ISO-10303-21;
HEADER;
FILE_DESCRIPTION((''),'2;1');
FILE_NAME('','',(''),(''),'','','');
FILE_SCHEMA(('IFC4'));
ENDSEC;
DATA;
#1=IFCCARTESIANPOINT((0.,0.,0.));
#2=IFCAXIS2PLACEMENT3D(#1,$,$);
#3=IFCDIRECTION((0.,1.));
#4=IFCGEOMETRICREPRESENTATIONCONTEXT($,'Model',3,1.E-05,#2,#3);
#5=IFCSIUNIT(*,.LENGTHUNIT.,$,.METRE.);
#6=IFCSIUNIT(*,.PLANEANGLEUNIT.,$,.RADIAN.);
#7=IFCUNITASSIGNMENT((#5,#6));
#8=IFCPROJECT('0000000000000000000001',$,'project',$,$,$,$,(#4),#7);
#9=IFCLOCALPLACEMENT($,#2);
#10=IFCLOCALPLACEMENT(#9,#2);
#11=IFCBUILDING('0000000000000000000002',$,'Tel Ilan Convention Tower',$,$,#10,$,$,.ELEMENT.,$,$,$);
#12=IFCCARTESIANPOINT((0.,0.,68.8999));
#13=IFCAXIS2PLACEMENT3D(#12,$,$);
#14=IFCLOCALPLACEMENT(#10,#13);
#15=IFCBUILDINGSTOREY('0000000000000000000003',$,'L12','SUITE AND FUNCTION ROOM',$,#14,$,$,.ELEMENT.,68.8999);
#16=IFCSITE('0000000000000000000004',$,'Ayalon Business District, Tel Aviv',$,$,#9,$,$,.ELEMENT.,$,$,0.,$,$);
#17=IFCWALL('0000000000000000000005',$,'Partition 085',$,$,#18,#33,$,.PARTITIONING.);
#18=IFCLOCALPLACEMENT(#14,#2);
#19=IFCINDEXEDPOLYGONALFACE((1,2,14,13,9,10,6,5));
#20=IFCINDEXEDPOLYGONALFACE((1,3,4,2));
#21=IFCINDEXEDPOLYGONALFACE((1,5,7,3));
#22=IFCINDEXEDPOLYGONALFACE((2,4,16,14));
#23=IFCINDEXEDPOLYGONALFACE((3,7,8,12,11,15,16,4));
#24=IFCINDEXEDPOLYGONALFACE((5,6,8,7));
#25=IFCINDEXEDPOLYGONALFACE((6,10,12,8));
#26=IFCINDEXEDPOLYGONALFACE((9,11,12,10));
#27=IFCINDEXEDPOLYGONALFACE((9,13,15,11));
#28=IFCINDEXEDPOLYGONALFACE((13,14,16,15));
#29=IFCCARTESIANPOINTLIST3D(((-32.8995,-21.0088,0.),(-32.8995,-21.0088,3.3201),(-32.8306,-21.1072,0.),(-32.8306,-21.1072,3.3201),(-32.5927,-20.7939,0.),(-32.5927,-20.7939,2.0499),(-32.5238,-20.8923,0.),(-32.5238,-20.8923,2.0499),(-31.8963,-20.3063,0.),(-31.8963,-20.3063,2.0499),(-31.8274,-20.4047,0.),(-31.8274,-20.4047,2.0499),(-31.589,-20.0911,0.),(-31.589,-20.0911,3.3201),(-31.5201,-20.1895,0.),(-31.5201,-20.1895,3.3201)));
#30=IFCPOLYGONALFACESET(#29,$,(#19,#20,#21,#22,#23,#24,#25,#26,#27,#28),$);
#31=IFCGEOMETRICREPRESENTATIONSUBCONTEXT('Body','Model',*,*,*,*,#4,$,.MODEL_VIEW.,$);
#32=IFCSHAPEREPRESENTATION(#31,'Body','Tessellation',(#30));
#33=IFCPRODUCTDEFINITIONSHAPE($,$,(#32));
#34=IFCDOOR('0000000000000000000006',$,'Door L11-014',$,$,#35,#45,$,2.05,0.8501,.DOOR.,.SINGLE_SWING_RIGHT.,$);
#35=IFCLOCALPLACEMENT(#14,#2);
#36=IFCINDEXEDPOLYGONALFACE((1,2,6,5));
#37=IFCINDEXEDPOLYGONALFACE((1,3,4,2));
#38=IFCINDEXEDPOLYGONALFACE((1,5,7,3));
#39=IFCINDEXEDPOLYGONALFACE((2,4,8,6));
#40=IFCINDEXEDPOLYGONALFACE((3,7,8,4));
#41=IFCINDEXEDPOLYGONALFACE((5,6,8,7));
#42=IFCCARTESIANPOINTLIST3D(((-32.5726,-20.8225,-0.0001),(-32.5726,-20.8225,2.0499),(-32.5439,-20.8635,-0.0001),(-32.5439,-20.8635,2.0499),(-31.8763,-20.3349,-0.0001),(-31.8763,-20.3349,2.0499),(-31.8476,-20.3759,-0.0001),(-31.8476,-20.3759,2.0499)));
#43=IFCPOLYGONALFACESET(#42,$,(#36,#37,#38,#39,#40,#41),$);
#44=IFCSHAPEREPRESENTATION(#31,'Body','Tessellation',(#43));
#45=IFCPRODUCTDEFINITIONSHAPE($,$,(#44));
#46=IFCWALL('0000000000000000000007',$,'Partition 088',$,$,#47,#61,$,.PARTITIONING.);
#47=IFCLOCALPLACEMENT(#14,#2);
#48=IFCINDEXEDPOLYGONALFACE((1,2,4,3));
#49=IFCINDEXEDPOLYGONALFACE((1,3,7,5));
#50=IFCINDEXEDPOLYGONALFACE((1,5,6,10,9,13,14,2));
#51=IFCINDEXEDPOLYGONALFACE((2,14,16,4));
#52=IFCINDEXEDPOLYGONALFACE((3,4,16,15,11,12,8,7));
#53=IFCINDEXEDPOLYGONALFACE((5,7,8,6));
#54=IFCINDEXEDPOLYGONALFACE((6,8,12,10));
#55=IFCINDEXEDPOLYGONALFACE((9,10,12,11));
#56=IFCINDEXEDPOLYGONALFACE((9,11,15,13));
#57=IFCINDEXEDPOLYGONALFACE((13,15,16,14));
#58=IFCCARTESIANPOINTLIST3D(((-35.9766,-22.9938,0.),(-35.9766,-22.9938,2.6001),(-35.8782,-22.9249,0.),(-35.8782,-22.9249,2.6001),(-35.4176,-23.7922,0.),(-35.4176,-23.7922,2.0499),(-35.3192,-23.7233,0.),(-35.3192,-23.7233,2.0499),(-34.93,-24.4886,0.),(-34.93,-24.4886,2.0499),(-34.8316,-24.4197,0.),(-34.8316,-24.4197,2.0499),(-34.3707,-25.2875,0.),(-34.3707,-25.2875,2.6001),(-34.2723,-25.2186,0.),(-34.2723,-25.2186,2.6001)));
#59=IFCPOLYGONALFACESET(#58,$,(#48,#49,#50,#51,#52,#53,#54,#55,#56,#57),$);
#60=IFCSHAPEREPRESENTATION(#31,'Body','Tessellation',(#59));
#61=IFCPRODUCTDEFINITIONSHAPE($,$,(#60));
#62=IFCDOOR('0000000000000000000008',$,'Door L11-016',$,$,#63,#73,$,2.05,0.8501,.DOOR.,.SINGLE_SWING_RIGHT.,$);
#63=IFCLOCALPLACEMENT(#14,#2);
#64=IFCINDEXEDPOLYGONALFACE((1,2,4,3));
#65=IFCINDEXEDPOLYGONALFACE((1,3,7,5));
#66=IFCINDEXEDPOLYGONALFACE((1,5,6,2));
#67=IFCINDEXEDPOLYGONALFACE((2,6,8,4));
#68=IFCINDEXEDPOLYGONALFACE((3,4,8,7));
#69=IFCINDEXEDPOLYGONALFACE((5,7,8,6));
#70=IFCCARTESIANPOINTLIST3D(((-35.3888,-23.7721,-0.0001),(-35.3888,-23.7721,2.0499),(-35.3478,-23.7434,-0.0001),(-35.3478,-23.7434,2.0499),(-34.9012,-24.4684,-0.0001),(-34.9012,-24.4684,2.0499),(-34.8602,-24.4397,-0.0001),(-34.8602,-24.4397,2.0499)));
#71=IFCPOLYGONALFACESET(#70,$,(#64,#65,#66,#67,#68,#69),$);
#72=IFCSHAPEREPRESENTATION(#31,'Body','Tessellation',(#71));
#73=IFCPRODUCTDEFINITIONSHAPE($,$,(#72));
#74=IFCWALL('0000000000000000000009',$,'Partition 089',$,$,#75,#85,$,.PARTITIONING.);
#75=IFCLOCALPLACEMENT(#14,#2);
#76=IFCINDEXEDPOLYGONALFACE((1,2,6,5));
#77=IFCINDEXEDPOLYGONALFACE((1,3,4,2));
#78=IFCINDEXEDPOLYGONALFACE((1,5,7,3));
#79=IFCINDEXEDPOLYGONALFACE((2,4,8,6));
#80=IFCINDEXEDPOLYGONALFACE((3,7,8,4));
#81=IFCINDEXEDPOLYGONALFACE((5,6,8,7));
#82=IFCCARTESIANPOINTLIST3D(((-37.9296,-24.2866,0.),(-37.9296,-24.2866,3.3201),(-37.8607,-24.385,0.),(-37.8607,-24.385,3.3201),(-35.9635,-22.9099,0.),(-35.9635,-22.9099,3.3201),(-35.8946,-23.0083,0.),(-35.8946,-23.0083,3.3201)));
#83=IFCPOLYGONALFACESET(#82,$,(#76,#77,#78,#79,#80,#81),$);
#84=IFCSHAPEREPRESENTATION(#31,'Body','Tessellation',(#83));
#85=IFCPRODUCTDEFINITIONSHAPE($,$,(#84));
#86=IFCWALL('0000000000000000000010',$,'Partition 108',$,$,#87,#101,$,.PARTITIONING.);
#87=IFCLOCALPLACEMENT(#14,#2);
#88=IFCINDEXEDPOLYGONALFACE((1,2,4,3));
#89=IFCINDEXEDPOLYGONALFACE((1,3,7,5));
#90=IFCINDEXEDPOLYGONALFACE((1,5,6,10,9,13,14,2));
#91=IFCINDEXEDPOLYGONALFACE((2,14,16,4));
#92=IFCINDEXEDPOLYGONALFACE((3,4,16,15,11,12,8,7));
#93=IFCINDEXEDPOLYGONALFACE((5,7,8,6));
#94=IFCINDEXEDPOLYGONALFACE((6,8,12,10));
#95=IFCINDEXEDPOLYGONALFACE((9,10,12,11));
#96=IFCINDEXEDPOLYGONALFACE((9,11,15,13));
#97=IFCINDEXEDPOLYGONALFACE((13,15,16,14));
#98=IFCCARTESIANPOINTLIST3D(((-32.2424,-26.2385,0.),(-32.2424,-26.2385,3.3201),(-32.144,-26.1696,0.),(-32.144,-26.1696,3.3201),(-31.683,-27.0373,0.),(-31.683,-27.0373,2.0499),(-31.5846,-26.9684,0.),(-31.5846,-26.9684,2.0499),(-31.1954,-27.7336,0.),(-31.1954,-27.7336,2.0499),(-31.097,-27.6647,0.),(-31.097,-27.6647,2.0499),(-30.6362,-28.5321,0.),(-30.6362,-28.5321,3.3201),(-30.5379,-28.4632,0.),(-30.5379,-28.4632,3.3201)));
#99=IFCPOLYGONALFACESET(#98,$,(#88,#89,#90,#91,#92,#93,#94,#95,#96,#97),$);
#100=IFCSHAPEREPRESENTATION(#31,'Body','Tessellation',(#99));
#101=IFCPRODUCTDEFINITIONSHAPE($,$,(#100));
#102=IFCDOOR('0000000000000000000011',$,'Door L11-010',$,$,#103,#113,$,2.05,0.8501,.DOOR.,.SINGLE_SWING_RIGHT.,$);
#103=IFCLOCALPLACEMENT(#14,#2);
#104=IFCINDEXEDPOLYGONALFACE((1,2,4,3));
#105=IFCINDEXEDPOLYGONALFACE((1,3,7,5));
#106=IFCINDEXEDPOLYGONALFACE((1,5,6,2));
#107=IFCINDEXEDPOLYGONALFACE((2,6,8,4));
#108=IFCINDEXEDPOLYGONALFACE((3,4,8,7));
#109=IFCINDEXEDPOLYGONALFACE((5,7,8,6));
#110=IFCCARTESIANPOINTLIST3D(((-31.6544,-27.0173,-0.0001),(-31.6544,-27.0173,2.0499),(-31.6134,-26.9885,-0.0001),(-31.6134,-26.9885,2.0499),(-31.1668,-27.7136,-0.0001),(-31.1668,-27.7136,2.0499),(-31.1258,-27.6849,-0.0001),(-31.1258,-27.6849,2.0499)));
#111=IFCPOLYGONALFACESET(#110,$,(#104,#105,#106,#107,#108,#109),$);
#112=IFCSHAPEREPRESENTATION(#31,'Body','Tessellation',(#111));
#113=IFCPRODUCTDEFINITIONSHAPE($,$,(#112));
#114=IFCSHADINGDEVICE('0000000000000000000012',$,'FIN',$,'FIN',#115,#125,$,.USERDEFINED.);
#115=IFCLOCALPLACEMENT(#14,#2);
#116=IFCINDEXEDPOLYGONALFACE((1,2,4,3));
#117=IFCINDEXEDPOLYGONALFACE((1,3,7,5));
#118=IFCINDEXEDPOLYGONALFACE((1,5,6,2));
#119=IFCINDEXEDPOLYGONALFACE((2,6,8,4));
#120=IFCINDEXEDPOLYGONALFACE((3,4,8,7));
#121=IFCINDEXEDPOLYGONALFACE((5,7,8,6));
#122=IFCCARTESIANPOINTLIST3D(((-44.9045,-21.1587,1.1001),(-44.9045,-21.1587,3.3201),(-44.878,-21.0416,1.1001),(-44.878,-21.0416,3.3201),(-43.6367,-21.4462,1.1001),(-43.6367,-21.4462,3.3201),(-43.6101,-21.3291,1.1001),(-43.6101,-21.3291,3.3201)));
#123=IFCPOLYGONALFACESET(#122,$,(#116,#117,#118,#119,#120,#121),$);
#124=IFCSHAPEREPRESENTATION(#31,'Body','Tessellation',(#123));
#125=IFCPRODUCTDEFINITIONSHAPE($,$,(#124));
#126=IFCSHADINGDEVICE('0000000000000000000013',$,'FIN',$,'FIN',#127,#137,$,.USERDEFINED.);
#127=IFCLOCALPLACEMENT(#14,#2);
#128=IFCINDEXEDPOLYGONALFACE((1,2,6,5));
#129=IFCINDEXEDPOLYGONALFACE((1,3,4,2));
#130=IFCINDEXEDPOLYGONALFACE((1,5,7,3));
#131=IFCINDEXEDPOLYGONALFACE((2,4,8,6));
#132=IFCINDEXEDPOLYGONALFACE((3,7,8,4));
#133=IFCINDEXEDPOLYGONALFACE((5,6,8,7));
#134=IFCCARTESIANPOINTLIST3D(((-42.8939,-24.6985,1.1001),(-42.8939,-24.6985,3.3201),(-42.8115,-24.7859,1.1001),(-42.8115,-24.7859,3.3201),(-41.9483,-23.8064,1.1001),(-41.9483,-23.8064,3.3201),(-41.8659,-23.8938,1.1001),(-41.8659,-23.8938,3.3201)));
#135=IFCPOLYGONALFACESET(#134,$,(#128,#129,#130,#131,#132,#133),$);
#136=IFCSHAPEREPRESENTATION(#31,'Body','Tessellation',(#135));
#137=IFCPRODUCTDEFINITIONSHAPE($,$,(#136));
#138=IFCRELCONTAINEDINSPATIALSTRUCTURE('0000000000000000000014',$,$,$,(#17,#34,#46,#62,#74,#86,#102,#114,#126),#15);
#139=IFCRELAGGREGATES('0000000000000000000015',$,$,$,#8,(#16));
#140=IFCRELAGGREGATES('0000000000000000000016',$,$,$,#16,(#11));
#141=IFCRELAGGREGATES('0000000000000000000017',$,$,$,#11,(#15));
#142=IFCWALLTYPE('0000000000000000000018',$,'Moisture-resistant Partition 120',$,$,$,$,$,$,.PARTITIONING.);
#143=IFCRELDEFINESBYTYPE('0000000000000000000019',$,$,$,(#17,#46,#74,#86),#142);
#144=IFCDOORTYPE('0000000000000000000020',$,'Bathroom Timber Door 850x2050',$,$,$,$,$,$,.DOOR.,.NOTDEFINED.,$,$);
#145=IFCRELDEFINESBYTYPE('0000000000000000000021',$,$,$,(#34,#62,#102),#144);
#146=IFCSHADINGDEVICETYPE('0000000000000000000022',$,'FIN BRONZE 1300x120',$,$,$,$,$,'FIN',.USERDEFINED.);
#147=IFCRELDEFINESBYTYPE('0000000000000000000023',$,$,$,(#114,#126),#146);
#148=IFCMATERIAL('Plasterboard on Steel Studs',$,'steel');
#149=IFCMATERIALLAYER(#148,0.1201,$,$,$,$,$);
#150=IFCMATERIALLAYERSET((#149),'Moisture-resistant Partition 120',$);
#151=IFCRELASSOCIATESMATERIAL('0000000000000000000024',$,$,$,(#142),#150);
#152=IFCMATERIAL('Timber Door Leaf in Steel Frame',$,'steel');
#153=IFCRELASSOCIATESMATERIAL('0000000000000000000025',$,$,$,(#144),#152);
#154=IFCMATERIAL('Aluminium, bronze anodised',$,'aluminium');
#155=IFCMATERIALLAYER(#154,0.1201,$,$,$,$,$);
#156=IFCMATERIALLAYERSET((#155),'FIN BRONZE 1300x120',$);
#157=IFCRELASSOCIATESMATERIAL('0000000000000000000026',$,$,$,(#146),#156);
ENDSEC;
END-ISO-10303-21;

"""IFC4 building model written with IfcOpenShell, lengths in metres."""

from ifc_helpers import new_model, si_unit, direction, frame, frame_2d, origin, origin_2d, place, context, subcontext, project, spatial, rectangle, extrude, material, layer, layer_set, type_object, element, fill, save


model = new_model("IFC4")

# Units and contexts
model_context = context("Model", 3, precision=1e-05, world=origin(), true_north=direction((0.0, 1.0)))
body_context = subcontext(model_context, "Body", "Model", "MODEL_VIEW")
ifc_project = project(units=[si_unit("LENGTHUNIT", "METRE"), si_unit("PLANEANGLEUNIT", "RADIAN")], contexts=[model_context])

# Site, building, storey
site_placement = place(None, origin())
site = spatial("IfcSite", under=ifc_project, at=site_placement, Name="Ayalon Business District, Tel Aviv", CompositionType="ELEMENT", RefElevation=0.0)
building_placement = place(site_placement, origin())
building = spatial("IfcBuilding", under=site, at=building_placement, Name="Tel Ilan Convention Tower", CompositionType="ELEMENT")
storey_placement = place(building_placement, frame((0.0, 0.0, 68.8999)))
storey = spatial("IfcBuildingStorey", under=building, at=storey_placement, Name="L12", Description="SUITE AND FUNCTION ROOM", CompositionType="ELEMENT", Elevation=68.8999)

# Shared definitions
ifc_material_1 = material(Name="Plasterboard on Steel Studs", Category="steel")
ifc_layer_1 = layer(ifc_material_1, 0.1201)
ifc_layer_set_1 = layer_set([ifc_layer_1], Name="Moisture-resistant Partition 120")
wall_type_1 = type_object("IfcWallType", Name="Moisture-resistant Partition 120", PredefinedType="PARTITIONING", material=ifc_layer_set_1)

# Walls, openings, doors
wall_1_placement = place(storey_placement, frame((-31.5547, -20.1404, 0.0), z_axis=(0.0, 0.0, 1.0), x_axis=(-0.819132, -0.573606, 0.0)))
wall_1 = element("IfcWall", 1, at=wall_1_placement, inside=storey, type_object=wall_type_1, Name="Partition 085", PredefinedType="PARTITIONING", context=body_context, shape_type="SweptSolid", body=[
    extrude(rectangle(XDim=1.5999, YDim=0.1201, at=frame_2d((0.7998, 0.0))), origin(), (0.0, 0.0, 1.0), 3.3201),
])
opening_1_placement = place(wall_1_placement, frame((0.375, 0.0, 0.0)))
opening_1 = element("IfcOpeningElement", 2, at=opening_1_placement, cuts=wall_1, PredefinedType="OPENING", context=body_context, shape_type="SweptSolid", body=[
    extrude(rectangle(XDim=0.8501, YDim=2.05, at=frame_2d((0.425, 1.0249))), frame((0.0, 0.0701, 0.0), z_axis=(0.0, -1.0, 0.0), x_axis=(1.0, 0.0, 0.0)), (0.0, 0.0, 1.0), 0.1401),
])
ifc_material_2 = material(Name="Timber Door Leaf in Steel Frame", Category="steel")
door_type_1 = type_object("IfcDoorType", Name="Bathroom Timber Door 850x2050", OperationType="NOTDEFINED", PredefinedType="DOOR", material=ifc_material_2)
door_1_placement = place(opening_1_placement, origin())
door_1 = element("IfcDoor", 3, at=door_1_placement, inside=storey, type_object=door_type_1, Name="Door L11-014", OperationType="SINGLE_SWING_RIGHT", OverallHeight=2.05, OverallWidth=0.8501, PredefinedType="DOOR", context=body_context, shape_type="SweptSolid", body=[
    extrude(rectangle(XDim=0.8501, YDim=2.05, at=frame_2d((0.425, 1.0249))), frame((0.0, 0.0249, 0.0), z_axis=(0.0, -1.0, 0.0), x_axis=(1.0, 0.0, 0.0)), (0.0, 0.0, 1.0), 0.05),
])
fill(opening_1, door_1)
wall_2_placement = place(storey_placement, frame((-34.3215, -25.2529, 0.0), z_axis=(0.0, 0.0, 1.0), x_axis=(-0.57355, 0.81917, 0.0)))
wall_2 = element("IfcWall", 4, at=wall_2_placement, inside=storey, type_object=wall_type_1, Name="Partition 088", PredefinedType="PARTITIONING", context=body_context, shape_type="SweptSolid", body=[
    extrude(rectangle(XDim=2.8, YDim=0.1201, at=frame_2d((1.3999, 0.0))), origin(), (0.0, 0.0, 1.0), 2.6001),
])
opening_2_placement = place(wall_2_placement, frame((0.9751, 0.0, 0.0)))
opening_2 = element("IfcOpeningElement", 5, at=opening_2_placement, cuts=wall_2, PredefinedType="OPENING", context=body_context, shape_type="SweptSolid", body=[
    extrude(rectangle(XDim=0.8501, YDim=2.05, at=frame_2d((0.425, 1.0249))), frame((0.0, 0.0701, 0.0), z_axis=(0.0, -1.0, 0.0), x_axis=(1.0, 0.0, 0.0)), (0.0, 0.0, 1.0), 0.1401),
])
door_2_placement = place(opening_2_placement, origin())
door_2 = element("IfcDoor", 6, at=door_2_placement, inside=storey, type_object=door_type_1, Name="Door L11-016", OperationType="SINGLE_SWING_RIGHT", OverallHeight=2.05, OverallWidth=0.8501, PredefinedType="DOOR", context=body_context, shape_type="SweptSolid", body=[
    extrude(rectangle(XDim=0.8501, YDim=2.05, at=frame_2d((0.425, 1.0249))), frame((0.0, 0.0249, 0.0), z_axis=(0.0, -1.0, 0.0), x_axis=(1.0, 0.0, 0.0)), (0.0, 0.0, 1.0), 0.05),
])
fill(opening_2, door_2)

# Wall
wall_3_placement = place(storey_placement, frame((-35.929, -22.959, 0.0), z_axis=(0.0, 0.0, 1.0), x_axis=(-0.819141, -0.573592, 0.0)))
element("IfcWall", 7, at=wall_3_placement, inside=storey, type_object=wall_type_1, Name="Partition 089", PredefinedType="PARTITIONING", context=body_context, shape_type="SweptSolid", body=[
    extrude(rectangle(XDim=2.4001, YDim=0.1201, at=frame_2d((1.2002, 0.0))), origin(), (0.0, 0.0, 1.0), 3.3201),
])

# Wall, opening, door
wall_4_placement = place(storey_placement, frame((-32.1931, -26.2041, 0.0), z_axis=(0.0, 0.0, 1.0), x_axis=(0.573609, -0.81913, 0.0)))
wall_4 = element("IfcWall", 8, at=wall_4_placement, inside=storey, type_object=wall_type_1, Name="Partition 108", PredefinedType="PARTITIONING", context=body_context, shape_type="SweptSolid", body=[
    extrude(rectangle(XDim=2.8, YDim=0.1201, at=frame_2d((1.3999, 0.0))), origin(), (0.0, 0.0, 1.0), 3.3201),
])
opening_3_placement = place(wall_4_placement, frame((0.9751, 0.0, 0.0)))
opening_3 = element("IfcOpeningElement", 9, at=opening_3_placement, cuts=wall_4, PredefinedType="OPENING", context=body_context, shape_type="SweptSolid", body=[
    extrude(rectangle(XDim=0.8501, YDim=2.05, at=frame_2d((0.425, 1.0249))), frame((0.0, 0.0701, 0.0), z_axis=(0.0, -1.0, 0.0), x_axis=(1.0, 0.0, 0.0)), (0.0, 0.0, 1.0), 0.1401),
])
door_3_placement = place(opening_3_placement, origin())
door_3 = element("IfcDoor", 10, at=door_3_placement, inside=storey, type_object=door_type_1, Name="Door L11-010", OperationType="SINGLE_SWING_RIGHT", OverallHeight=2.05, OverallWidth=0.8501, PredefinedType="DOOR", context=body_context, shape_type="SweptSolid", body=[
    extrude(rectangle(XDim=0.8501, YDim=2.05, at=frame_2d((0.425, 1.0249))), frame((0.0, 0.0249, 0.0), z_axis=(0.0, -1.0, 0.0), x_axis=(1.0, 0.0, 0.0)), (0.0, 0.0, 1.0), 0.05),
])
fill(opening_3, door_3)

# Shading devices
ifc_material_3 = material(Name="Aluminium, bronze anodised", Category="aluminium")
ifc_layer_2 = layer(ifc_material_3, 0.1201)
ifc_layer_set_2 = layer_set([ifc_layer_2], Name="FIN BRONZE 1300x120")
shading_device_type = type_object("IfcShadingDeviceType", Name="FIN BRONZE 1300x120", ElementType="FIN", PredefinedType="USERDEFINED", material=ifc_layer_set_2)
for number, where, z_axis, x_axis, name in (
    (11, (-44.2573, -21.2439, 1.1001), (0.0, 0.0, 1.0), (-0.975235, 0.22117, 0.0), "FIN"),
    (12, (-42.3799, -24.2961, 1.1001), (0.0, 0.0, 1.0), (-0.727374, -0.686242, 0.0), "FIN"),
):
    element("IfcShadingDevice", number, at=place(storey_placement, frame(where, z_axis=z_axis, x_axis=x_axis)), inside=storey, type_object=shading_device_type, Name=name, ObjectType="FIN", PredefinedType="USERDEFINED", context=body_context, shape_type="SweptSolid", body=[
        extrude(rectangle(XDim=1.3, YDim=0.1201, at=origin_2d()), origin(), (0.0, 0.0, 1.0), 2.22),
    ])

save(model, "model.ifc")
